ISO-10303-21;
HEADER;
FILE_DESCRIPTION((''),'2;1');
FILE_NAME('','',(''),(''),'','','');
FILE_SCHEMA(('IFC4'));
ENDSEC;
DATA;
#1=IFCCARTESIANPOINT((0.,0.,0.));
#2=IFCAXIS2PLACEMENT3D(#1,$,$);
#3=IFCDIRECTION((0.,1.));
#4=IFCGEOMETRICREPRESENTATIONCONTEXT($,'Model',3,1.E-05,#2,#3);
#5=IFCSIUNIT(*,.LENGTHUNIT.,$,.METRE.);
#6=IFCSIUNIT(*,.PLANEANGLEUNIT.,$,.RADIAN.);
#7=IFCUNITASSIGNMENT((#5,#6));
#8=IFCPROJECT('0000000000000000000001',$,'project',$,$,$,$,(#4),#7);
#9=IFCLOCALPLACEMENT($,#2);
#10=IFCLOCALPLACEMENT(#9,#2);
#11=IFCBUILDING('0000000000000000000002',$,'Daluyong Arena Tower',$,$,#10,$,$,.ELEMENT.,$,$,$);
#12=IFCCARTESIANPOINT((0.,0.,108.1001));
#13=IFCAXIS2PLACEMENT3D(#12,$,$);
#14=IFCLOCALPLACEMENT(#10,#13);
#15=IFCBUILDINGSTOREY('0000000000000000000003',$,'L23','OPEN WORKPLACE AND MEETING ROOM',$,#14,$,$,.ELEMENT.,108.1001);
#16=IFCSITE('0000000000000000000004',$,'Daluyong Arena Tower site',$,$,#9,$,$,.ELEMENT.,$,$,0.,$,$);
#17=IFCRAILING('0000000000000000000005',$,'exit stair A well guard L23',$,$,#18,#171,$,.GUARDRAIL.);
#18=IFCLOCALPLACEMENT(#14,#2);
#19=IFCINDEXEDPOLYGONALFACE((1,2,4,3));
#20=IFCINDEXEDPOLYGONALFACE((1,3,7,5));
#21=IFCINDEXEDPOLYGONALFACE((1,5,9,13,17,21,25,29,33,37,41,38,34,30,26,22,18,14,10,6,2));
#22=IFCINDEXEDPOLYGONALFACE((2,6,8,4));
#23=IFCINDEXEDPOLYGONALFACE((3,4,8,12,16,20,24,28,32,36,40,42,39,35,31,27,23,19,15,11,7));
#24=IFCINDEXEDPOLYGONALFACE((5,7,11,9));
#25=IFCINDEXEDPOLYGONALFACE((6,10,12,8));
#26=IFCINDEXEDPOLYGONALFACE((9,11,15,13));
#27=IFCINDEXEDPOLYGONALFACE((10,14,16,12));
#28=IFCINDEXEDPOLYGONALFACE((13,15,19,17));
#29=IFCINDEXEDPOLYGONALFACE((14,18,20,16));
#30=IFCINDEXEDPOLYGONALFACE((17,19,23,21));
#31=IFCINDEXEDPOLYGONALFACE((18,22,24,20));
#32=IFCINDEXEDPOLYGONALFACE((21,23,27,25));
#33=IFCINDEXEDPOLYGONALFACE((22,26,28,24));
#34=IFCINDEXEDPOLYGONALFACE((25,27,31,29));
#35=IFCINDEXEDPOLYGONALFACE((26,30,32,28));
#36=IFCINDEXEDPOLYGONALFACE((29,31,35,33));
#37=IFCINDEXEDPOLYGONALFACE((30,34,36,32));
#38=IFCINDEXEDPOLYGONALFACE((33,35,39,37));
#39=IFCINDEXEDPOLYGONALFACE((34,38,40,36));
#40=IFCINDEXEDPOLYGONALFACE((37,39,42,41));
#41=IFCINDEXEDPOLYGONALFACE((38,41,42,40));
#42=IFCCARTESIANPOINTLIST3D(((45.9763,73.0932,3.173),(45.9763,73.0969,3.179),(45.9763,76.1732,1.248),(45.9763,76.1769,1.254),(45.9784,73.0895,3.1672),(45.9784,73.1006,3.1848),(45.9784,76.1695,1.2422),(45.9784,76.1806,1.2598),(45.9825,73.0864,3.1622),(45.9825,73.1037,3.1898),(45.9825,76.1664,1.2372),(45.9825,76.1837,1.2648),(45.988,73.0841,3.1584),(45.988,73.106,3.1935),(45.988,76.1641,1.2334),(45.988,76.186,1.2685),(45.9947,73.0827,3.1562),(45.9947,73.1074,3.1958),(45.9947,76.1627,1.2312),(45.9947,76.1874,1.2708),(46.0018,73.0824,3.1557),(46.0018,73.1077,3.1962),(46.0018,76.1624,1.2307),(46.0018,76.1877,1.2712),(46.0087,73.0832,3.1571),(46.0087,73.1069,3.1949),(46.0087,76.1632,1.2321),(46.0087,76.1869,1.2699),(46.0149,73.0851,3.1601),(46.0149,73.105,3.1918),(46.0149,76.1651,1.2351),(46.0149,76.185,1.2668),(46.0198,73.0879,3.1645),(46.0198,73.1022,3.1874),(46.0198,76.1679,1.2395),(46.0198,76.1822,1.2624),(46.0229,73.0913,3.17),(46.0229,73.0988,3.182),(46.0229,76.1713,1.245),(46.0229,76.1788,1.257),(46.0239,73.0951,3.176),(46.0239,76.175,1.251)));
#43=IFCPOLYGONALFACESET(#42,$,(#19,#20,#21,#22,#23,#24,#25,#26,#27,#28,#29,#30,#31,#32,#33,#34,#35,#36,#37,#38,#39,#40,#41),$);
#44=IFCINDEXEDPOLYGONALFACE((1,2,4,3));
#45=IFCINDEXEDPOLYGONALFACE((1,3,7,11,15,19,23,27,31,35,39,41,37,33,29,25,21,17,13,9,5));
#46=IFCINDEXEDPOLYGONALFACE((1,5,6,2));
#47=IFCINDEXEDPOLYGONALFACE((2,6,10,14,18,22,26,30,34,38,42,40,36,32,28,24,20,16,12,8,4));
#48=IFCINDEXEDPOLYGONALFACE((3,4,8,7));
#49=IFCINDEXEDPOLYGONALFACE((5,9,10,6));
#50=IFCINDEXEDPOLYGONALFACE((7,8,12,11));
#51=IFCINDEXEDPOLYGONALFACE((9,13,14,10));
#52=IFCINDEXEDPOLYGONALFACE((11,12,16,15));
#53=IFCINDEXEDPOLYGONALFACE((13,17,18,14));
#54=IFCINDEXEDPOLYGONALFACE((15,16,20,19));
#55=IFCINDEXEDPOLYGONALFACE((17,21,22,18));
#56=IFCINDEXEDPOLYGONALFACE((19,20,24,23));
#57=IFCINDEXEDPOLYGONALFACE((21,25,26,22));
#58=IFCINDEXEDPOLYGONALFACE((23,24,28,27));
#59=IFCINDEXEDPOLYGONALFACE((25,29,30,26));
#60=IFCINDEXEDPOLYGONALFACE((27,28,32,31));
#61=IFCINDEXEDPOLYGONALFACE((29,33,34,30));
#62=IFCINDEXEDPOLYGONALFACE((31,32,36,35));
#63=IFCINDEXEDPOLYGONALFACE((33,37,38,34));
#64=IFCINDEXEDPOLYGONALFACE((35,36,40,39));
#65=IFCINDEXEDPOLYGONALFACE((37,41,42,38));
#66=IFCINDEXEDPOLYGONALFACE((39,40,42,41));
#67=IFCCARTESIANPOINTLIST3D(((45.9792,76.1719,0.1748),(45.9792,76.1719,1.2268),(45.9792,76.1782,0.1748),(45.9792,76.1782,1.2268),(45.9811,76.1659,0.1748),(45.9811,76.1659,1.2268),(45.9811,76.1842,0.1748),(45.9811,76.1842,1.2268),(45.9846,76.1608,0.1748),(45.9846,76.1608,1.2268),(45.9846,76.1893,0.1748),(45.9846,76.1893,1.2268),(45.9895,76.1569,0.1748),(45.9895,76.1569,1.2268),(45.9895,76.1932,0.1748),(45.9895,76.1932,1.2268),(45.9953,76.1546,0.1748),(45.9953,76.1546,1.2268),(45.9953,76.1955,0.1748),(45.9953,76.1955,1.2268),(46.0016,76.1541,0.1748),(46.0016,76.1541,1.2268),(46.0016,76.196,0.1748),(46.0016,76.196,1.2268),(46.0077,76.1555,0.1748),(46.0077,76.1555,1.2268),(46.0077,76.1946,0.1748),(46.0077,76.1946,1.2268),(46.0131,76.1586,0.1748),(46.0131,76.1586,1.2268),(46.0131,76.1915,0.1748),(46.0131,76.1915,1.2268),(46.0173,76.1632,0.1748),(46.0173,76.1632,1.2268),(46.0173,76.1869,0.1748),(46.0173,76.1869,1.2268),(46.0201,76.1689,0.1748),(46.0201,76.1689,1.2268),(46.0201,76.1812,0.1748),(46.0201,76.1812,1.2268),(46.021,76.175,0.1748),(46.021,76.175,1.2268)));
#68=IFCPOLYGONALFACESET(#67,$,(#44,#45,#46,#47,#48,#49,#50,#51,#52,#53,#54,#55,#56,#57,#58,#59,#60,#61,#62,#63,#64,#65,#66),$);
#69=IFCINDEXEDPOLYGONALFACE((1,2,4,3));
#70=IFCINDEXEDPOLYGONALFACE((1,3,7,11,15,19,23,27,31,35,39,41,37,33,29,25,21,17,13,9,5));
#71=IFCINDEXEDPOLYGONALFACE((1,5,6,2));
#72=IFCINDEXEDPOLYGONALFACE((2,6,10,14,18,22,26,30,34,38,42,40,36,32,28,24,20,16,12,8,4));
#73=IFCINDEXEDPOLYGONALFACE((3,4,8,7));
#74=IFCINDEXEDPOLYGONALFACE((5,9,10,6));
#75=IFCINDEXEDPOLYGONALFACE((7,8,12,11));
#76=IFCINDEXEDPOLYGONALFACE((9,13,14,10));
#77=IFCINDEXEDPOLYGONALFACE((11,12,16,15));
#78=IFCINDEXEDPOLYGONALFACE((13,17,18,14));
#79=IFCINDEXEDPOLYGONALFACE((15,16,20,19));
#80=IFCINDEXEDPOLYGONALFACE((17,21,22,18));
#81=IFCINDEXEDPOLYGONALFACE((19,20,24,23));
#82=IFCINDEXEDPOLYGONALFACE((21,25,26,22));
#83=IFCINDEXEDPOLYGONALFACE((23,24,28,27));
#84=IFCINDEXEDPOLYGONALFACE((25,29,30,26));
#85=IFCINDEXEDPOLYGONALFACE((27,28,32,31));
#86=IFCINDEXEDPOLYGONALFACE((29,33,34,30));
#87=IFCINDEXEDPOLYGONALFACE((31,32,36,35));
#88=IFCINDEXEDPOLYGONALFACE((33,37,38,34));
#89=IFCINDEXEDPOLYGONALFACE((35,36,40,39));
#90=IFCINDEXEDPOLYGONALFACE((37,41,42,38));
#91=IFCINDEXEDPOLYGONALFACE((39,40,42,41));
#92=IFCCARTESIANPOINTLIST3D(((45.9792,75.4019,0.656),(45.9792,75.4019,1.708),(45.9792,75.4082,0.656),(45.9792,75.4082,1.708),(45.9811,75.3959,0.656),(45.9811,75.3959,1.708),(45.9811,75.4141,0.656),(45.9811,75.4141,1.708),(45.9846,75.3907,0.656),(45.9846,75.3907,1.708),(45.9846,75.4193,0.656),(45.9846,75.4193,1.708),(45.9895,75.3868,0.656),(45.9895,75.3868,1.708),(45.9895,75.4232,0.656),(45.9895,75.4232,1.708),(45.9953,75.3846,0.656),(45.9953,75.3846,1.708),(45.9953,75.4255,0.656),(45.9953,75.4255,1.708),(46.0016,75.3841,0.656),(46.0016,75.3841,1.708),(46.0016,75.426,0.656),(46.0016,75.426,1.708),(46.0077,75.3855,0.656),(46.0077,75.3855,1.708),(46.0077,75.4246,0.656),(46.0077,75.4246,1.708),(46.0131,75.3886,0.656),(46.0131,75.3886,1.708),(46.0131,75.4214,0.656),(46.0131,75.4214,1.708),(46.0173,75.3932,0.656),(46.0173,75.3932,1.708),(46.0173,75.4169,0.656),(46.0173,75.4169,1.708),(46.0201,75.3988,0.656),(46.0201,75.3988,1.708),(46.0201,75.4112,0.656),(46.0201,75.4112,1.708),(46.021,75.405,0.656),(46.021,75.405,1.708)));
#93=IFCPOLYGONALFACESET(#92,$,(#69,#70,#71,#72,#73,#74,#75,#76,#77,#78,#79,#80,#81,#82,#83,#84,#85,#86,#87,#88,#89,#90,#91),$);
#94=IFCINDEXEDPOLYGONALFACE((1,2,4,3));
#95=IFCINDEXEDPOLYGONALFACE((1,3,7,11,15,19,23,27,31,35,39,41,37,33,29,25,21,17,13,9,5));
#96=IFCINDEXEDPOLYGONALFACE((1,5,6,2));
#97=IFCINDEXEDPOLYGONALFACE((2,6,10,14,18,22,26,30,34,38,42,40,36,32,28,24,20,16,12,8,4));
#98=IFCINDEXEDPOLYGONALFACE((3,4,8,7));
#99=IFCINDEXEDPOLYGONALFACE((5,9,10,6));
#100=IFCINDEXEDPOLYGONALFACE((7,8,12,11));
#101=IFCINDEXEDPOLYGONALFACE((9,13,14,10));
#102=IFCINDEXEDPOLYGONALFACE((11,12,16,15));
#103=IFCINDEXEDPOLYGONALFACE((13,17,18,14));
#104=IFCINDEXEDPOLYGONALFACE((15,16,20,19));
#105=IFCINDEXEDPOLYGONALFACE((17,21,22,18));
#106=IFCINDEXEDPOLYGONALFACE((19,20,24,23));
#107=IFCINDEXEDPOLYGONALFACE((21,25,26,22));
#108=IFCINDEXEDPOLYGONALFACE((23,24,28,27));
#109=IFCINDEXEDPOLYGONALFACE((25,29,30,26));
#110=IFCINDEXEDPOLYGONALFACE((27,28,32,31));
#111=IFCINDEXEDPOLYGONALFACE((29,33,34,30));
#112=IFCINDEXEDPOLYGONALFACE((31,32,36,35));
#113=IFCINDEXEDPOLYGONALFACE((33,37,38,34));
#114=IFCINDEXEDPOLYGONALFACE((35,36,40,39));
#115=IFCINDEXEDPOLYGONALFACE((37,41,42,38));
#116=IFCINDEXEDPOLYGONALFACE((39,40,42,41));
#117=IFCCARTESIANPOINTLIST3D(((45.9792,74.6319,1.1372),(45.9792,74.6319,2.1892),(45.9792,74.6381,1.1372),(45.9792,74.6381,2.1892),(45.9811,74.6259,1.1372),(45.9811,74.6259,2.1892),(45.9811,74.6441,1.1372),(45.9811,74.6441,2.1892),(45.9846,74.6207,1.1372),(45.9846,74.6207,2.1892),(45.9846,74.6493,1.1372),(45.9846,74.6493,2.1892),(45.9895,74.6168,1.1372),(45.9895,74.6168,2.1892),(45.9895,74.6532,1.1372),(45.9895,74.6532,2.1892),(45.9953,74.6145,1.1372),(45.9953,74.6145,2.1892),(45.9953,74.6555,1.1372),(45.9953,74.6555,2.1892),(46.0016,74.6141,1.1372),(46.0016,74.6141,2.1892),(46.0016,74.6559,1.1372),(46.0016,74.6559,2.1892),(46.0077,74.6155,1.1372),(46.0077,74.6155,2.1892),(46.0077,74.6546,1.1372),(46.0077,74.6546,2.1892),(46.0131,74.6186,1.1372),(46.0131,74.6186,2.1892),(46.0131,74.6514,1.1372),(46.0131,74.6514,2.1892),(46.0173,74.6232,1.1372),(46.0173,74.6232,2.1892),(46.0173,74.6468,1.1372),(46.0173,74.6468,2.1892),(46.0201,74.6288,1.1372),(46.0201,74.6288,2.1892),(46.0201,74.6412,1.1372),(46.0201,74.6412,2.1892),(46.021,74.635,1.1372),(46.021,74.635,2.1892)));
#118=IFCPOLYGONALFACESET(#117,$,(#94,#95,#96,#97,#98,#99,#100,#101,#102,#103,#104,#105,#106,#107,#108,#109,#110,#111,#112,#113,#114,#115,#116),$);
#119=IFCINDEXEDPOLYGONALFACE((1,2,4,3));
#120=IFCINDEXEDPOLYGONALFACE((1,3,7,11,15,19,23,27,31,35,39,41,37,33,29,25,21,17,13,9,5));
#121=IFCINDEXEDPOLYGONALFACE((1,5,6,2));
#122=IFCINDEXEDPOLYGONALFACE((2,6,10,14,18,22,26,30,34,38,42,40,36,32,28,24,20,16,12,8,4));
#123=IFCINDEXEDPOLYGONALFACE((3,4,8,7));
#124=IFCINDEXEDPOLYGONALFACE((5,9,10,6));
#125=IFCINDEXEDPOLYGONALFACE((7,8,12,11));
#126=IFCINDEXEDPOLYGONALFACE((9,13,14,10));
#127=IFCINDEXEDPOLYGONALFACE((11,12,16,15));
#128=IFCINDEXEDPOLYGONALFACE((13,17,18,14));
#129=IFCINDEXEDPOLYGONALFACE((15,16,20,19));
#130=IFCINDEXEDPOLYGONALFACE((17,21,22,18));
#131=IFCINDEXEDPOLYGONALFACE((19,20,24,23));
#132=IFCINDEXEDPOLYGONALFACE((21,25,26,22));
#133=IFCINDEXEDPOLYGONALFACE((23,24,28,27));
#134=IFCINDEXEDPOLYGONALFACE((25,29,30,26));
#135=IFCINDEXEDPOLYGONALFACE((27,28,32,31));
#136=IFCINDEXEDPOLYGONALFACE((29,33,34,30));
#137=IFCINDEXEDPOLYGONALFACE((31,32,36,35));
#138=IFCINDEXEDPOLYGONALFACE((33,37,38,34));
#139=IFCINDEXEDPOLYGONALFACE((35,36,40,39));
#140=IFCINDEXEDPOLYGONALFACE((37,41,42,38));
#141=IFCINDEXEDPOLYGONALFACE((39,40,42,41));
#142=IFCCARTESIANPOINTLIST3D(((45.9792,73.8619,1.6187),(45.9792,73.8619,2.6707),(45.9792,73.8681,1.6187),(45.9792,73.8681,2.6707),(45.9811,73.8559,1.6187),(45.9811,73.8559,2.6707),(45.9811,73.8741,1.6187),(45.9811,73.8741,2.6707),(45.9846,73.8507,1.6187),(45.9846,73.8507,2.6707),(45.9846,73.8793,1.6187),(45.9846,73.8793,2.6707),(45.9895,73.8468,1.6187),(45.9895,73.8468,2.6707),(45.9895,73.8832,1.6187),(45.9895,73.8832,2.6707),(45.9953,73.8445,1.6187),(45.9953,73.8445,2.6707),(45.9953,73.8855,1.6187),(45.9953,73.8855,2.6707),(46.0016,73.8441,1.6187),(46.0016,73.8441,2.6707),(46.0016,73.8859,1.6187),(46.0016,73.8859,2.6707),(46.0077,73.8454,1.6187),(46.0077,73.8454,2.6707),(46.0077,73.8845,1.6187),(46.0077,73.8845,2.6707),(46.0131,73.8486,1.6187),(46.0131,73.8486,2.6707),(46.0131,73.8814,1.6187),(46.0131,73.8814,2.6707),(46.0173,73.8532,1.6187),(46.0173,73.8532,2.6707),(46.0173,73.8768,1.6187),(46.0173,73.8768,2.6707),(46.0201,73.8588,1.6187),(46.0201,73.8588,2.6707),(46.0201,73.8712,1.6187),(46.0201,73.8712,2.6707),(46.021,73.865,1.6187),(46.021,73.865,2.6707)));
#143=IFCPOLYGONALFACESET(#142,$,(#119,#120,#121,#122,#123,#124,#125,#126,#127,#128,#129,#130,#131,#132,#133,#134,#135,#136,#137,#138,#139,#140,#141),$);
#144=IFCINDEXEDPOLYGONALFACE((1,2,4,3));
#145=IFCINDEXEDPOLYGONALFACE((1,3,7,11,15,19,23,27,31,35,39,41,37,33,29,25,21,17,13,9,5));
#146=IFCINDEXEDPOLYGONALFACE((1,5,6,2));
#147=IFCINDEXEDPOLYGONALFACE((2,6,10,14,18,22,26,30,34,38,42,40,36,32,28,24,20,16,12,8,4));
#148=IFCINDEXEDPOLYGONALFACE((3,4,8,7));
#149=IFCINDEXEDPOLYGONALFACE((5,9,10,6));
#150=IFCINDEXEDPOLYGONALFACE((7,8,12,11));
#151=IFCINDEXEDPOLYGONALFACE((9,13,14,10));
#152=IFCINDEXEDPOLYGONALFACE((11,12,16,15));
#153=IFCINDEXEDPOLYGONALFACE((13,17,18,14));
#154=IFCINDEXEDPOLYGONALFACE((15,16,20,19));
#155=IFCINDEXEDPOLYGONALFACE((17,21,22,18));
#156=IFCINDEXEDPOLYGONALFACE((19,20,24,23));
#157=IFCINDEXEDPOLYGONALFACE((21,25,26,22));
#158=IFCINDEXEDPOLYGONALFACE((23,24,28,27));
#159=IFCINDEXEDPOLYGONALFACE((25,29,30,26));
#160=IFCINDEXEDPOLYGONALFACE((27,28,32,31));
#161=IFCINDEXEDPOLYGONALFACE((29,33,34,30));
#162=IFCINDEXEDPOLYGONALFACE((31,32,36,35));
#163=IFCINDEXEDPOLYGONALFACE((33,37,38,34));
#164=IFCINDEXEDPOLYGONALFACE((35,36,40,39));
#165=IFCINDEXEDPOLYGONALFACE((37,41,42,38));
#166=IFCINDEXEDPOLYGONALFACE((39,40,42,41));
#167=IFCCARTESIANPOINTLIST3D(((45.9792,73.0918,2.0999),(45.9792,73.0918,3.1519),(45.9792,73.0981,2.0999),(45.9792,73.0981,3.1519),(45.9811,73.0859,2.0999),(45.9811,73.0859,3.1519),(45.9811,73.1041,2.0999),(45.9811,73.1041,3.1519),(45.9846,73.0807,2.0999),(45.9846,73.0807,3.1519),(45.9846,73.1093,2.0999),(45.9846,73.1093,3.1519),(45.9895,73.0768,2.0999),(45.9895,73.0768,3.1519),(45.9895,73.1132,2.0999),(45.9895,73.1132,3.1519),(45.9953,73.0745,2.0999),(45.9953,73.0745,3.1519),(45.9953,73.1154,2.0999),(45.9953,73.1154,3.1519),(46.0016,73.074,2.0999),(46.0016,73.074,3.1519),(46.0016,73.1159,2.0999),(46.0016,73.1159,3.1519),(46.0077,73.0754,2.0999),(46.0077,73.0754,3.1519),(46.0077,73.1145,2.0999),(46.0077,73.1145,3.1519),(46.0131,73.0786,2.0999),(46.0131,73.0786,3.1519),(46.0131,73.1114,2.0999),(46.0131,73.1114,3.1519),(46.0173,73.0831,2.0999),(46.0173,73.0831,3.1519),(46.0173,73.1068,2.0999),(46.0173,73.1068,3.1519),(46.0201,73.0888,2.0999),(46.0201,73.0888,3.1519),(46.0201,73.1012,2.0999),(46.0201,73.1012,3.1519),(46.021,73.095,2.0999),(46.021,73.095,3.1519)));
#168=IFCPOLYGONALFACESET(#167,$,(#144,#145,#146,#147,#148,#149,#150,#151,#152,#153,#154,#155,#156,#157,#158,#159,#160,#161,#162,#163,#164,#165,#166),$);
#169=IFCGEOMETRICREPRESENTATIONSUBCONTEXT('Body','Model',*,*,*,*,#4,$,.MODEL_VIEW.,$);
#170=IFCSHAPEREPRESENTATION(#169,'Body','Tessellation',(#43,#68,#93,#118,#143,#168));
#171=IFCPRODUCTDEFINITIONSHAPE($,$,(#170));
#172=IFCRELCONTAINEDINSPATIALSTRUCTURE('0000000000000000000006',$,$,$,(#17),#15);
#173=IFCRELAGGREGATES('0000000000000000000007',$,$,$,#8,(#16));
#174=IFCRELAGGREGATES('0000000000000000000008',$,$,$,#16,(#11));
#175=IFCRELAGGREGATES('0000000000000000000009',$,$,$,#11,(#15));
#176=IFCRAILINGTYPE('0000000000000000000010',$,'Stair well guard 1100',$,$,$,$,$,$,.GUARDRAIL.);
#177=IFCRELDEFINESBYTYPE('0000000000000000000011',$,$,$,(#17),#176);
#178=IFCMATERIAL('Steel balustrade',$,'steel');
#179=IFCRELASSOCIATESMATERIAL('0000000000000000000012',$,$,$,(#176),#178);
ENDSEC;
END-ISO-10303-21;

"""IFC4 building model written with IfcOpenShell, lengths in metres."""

from ifc_helpers import new_model, si_unit, direction, frame, origin, origin_2d, place, context, subcontext, project, spatial, circle, extrude, material, type_object, element, save


model = new_model("IFC4")

# Units and contexts
model_context = context("Model", 3, precision=1e-05, world=origin(), true_north=direction((0.0, 1.0)))
body_context = subcontext(model_context, "Body", "Model", "MODEL_VIEW")
ifc_project = project(units=[si_unit("LENGTHUNIT", "METRE"), si_unit("PLANEANGLEUNIT", "RADIAN")], contexts=[model_context])

# Site, building, storey
site_placement = place(None, origin())
site = spatial("IfcSite", under=ifc_project, at=site_placement, Name="Daluyong Arena Tower site", CompositionType="ELEMENT", RefElevation=0.0)
building_placement = place(site_placement, origin())
building = spatial("IfcBuilding", under=site, at=building_placement, Name="Daluyong Arena Tower", CompositionType="ELEMENT")
storey_placement = place(building_placement, frame((0.0, 0.0, 108.1001)))
storey = spatial("IfcBuildingStorey", under=building, at=storey_placement, Name="L23", Description="OPEN WORKPLACE AND MEETING ROOM", CompositionType="ELEMENT", Elevation=108.1001)

# Railing
ifc_material_1 = material(Name="Steel balustrade", Category="steel")
railing_type_1 = type_object("IfcRailingType", Name="Stair well guard 1100", PredefinedType="GUARDRAIL", material=ifc_material_1)
railing_1_placement = place(storey_placement, frame((46.0, 76.175, 0.1748)))
element("IfcRailing", 1, at=railing_1_placement, inside=storey, type_object=railing_type_1, Name="exit stair A well guard L23", PredefinedType="GUARDRAIL", context=body_context, shape_type="SweptSolid", body=[
    extrude(circle(Radius=0.0239, at=origin_2d()), frame((0.0, 0.0, 1.0762), z_axis=(0.0, -0.847998, 0.529999), x_axis=(1.0, 0.0, 0.0)), (0.0, 0.0, 1.0), 3.6321),
    extrude(circle(Radius=0.021, at=origin_2d()), origin(), (0.0, 0.0, 1.0), 1.052),
    extrude(circle(Radius=0.021, at=origin_2d()), frame((0.0, -0.77, 0.4812)), (0.0, 0.0, 1.0), 1.052),
    extrude(circle(Radius=0.021, at=origin_2d()), frame((0.0, -1.54, 0.9624)), (0.0, 0.0, 1.0), 1.052),
    extrude(circle(Radius=0.021, at=origin_2d()), frame((0.0, -2.3101, 1.4438)), (0.0, 0.0, 1.0), 1.052),
    extrude(circle(Radius=0.021, at=origin_2d()), frame((0.0, -3.0801, 1.925)), (0.0, 0.0, 1.0), 1.052),
])

save(model, "model.ifc")
